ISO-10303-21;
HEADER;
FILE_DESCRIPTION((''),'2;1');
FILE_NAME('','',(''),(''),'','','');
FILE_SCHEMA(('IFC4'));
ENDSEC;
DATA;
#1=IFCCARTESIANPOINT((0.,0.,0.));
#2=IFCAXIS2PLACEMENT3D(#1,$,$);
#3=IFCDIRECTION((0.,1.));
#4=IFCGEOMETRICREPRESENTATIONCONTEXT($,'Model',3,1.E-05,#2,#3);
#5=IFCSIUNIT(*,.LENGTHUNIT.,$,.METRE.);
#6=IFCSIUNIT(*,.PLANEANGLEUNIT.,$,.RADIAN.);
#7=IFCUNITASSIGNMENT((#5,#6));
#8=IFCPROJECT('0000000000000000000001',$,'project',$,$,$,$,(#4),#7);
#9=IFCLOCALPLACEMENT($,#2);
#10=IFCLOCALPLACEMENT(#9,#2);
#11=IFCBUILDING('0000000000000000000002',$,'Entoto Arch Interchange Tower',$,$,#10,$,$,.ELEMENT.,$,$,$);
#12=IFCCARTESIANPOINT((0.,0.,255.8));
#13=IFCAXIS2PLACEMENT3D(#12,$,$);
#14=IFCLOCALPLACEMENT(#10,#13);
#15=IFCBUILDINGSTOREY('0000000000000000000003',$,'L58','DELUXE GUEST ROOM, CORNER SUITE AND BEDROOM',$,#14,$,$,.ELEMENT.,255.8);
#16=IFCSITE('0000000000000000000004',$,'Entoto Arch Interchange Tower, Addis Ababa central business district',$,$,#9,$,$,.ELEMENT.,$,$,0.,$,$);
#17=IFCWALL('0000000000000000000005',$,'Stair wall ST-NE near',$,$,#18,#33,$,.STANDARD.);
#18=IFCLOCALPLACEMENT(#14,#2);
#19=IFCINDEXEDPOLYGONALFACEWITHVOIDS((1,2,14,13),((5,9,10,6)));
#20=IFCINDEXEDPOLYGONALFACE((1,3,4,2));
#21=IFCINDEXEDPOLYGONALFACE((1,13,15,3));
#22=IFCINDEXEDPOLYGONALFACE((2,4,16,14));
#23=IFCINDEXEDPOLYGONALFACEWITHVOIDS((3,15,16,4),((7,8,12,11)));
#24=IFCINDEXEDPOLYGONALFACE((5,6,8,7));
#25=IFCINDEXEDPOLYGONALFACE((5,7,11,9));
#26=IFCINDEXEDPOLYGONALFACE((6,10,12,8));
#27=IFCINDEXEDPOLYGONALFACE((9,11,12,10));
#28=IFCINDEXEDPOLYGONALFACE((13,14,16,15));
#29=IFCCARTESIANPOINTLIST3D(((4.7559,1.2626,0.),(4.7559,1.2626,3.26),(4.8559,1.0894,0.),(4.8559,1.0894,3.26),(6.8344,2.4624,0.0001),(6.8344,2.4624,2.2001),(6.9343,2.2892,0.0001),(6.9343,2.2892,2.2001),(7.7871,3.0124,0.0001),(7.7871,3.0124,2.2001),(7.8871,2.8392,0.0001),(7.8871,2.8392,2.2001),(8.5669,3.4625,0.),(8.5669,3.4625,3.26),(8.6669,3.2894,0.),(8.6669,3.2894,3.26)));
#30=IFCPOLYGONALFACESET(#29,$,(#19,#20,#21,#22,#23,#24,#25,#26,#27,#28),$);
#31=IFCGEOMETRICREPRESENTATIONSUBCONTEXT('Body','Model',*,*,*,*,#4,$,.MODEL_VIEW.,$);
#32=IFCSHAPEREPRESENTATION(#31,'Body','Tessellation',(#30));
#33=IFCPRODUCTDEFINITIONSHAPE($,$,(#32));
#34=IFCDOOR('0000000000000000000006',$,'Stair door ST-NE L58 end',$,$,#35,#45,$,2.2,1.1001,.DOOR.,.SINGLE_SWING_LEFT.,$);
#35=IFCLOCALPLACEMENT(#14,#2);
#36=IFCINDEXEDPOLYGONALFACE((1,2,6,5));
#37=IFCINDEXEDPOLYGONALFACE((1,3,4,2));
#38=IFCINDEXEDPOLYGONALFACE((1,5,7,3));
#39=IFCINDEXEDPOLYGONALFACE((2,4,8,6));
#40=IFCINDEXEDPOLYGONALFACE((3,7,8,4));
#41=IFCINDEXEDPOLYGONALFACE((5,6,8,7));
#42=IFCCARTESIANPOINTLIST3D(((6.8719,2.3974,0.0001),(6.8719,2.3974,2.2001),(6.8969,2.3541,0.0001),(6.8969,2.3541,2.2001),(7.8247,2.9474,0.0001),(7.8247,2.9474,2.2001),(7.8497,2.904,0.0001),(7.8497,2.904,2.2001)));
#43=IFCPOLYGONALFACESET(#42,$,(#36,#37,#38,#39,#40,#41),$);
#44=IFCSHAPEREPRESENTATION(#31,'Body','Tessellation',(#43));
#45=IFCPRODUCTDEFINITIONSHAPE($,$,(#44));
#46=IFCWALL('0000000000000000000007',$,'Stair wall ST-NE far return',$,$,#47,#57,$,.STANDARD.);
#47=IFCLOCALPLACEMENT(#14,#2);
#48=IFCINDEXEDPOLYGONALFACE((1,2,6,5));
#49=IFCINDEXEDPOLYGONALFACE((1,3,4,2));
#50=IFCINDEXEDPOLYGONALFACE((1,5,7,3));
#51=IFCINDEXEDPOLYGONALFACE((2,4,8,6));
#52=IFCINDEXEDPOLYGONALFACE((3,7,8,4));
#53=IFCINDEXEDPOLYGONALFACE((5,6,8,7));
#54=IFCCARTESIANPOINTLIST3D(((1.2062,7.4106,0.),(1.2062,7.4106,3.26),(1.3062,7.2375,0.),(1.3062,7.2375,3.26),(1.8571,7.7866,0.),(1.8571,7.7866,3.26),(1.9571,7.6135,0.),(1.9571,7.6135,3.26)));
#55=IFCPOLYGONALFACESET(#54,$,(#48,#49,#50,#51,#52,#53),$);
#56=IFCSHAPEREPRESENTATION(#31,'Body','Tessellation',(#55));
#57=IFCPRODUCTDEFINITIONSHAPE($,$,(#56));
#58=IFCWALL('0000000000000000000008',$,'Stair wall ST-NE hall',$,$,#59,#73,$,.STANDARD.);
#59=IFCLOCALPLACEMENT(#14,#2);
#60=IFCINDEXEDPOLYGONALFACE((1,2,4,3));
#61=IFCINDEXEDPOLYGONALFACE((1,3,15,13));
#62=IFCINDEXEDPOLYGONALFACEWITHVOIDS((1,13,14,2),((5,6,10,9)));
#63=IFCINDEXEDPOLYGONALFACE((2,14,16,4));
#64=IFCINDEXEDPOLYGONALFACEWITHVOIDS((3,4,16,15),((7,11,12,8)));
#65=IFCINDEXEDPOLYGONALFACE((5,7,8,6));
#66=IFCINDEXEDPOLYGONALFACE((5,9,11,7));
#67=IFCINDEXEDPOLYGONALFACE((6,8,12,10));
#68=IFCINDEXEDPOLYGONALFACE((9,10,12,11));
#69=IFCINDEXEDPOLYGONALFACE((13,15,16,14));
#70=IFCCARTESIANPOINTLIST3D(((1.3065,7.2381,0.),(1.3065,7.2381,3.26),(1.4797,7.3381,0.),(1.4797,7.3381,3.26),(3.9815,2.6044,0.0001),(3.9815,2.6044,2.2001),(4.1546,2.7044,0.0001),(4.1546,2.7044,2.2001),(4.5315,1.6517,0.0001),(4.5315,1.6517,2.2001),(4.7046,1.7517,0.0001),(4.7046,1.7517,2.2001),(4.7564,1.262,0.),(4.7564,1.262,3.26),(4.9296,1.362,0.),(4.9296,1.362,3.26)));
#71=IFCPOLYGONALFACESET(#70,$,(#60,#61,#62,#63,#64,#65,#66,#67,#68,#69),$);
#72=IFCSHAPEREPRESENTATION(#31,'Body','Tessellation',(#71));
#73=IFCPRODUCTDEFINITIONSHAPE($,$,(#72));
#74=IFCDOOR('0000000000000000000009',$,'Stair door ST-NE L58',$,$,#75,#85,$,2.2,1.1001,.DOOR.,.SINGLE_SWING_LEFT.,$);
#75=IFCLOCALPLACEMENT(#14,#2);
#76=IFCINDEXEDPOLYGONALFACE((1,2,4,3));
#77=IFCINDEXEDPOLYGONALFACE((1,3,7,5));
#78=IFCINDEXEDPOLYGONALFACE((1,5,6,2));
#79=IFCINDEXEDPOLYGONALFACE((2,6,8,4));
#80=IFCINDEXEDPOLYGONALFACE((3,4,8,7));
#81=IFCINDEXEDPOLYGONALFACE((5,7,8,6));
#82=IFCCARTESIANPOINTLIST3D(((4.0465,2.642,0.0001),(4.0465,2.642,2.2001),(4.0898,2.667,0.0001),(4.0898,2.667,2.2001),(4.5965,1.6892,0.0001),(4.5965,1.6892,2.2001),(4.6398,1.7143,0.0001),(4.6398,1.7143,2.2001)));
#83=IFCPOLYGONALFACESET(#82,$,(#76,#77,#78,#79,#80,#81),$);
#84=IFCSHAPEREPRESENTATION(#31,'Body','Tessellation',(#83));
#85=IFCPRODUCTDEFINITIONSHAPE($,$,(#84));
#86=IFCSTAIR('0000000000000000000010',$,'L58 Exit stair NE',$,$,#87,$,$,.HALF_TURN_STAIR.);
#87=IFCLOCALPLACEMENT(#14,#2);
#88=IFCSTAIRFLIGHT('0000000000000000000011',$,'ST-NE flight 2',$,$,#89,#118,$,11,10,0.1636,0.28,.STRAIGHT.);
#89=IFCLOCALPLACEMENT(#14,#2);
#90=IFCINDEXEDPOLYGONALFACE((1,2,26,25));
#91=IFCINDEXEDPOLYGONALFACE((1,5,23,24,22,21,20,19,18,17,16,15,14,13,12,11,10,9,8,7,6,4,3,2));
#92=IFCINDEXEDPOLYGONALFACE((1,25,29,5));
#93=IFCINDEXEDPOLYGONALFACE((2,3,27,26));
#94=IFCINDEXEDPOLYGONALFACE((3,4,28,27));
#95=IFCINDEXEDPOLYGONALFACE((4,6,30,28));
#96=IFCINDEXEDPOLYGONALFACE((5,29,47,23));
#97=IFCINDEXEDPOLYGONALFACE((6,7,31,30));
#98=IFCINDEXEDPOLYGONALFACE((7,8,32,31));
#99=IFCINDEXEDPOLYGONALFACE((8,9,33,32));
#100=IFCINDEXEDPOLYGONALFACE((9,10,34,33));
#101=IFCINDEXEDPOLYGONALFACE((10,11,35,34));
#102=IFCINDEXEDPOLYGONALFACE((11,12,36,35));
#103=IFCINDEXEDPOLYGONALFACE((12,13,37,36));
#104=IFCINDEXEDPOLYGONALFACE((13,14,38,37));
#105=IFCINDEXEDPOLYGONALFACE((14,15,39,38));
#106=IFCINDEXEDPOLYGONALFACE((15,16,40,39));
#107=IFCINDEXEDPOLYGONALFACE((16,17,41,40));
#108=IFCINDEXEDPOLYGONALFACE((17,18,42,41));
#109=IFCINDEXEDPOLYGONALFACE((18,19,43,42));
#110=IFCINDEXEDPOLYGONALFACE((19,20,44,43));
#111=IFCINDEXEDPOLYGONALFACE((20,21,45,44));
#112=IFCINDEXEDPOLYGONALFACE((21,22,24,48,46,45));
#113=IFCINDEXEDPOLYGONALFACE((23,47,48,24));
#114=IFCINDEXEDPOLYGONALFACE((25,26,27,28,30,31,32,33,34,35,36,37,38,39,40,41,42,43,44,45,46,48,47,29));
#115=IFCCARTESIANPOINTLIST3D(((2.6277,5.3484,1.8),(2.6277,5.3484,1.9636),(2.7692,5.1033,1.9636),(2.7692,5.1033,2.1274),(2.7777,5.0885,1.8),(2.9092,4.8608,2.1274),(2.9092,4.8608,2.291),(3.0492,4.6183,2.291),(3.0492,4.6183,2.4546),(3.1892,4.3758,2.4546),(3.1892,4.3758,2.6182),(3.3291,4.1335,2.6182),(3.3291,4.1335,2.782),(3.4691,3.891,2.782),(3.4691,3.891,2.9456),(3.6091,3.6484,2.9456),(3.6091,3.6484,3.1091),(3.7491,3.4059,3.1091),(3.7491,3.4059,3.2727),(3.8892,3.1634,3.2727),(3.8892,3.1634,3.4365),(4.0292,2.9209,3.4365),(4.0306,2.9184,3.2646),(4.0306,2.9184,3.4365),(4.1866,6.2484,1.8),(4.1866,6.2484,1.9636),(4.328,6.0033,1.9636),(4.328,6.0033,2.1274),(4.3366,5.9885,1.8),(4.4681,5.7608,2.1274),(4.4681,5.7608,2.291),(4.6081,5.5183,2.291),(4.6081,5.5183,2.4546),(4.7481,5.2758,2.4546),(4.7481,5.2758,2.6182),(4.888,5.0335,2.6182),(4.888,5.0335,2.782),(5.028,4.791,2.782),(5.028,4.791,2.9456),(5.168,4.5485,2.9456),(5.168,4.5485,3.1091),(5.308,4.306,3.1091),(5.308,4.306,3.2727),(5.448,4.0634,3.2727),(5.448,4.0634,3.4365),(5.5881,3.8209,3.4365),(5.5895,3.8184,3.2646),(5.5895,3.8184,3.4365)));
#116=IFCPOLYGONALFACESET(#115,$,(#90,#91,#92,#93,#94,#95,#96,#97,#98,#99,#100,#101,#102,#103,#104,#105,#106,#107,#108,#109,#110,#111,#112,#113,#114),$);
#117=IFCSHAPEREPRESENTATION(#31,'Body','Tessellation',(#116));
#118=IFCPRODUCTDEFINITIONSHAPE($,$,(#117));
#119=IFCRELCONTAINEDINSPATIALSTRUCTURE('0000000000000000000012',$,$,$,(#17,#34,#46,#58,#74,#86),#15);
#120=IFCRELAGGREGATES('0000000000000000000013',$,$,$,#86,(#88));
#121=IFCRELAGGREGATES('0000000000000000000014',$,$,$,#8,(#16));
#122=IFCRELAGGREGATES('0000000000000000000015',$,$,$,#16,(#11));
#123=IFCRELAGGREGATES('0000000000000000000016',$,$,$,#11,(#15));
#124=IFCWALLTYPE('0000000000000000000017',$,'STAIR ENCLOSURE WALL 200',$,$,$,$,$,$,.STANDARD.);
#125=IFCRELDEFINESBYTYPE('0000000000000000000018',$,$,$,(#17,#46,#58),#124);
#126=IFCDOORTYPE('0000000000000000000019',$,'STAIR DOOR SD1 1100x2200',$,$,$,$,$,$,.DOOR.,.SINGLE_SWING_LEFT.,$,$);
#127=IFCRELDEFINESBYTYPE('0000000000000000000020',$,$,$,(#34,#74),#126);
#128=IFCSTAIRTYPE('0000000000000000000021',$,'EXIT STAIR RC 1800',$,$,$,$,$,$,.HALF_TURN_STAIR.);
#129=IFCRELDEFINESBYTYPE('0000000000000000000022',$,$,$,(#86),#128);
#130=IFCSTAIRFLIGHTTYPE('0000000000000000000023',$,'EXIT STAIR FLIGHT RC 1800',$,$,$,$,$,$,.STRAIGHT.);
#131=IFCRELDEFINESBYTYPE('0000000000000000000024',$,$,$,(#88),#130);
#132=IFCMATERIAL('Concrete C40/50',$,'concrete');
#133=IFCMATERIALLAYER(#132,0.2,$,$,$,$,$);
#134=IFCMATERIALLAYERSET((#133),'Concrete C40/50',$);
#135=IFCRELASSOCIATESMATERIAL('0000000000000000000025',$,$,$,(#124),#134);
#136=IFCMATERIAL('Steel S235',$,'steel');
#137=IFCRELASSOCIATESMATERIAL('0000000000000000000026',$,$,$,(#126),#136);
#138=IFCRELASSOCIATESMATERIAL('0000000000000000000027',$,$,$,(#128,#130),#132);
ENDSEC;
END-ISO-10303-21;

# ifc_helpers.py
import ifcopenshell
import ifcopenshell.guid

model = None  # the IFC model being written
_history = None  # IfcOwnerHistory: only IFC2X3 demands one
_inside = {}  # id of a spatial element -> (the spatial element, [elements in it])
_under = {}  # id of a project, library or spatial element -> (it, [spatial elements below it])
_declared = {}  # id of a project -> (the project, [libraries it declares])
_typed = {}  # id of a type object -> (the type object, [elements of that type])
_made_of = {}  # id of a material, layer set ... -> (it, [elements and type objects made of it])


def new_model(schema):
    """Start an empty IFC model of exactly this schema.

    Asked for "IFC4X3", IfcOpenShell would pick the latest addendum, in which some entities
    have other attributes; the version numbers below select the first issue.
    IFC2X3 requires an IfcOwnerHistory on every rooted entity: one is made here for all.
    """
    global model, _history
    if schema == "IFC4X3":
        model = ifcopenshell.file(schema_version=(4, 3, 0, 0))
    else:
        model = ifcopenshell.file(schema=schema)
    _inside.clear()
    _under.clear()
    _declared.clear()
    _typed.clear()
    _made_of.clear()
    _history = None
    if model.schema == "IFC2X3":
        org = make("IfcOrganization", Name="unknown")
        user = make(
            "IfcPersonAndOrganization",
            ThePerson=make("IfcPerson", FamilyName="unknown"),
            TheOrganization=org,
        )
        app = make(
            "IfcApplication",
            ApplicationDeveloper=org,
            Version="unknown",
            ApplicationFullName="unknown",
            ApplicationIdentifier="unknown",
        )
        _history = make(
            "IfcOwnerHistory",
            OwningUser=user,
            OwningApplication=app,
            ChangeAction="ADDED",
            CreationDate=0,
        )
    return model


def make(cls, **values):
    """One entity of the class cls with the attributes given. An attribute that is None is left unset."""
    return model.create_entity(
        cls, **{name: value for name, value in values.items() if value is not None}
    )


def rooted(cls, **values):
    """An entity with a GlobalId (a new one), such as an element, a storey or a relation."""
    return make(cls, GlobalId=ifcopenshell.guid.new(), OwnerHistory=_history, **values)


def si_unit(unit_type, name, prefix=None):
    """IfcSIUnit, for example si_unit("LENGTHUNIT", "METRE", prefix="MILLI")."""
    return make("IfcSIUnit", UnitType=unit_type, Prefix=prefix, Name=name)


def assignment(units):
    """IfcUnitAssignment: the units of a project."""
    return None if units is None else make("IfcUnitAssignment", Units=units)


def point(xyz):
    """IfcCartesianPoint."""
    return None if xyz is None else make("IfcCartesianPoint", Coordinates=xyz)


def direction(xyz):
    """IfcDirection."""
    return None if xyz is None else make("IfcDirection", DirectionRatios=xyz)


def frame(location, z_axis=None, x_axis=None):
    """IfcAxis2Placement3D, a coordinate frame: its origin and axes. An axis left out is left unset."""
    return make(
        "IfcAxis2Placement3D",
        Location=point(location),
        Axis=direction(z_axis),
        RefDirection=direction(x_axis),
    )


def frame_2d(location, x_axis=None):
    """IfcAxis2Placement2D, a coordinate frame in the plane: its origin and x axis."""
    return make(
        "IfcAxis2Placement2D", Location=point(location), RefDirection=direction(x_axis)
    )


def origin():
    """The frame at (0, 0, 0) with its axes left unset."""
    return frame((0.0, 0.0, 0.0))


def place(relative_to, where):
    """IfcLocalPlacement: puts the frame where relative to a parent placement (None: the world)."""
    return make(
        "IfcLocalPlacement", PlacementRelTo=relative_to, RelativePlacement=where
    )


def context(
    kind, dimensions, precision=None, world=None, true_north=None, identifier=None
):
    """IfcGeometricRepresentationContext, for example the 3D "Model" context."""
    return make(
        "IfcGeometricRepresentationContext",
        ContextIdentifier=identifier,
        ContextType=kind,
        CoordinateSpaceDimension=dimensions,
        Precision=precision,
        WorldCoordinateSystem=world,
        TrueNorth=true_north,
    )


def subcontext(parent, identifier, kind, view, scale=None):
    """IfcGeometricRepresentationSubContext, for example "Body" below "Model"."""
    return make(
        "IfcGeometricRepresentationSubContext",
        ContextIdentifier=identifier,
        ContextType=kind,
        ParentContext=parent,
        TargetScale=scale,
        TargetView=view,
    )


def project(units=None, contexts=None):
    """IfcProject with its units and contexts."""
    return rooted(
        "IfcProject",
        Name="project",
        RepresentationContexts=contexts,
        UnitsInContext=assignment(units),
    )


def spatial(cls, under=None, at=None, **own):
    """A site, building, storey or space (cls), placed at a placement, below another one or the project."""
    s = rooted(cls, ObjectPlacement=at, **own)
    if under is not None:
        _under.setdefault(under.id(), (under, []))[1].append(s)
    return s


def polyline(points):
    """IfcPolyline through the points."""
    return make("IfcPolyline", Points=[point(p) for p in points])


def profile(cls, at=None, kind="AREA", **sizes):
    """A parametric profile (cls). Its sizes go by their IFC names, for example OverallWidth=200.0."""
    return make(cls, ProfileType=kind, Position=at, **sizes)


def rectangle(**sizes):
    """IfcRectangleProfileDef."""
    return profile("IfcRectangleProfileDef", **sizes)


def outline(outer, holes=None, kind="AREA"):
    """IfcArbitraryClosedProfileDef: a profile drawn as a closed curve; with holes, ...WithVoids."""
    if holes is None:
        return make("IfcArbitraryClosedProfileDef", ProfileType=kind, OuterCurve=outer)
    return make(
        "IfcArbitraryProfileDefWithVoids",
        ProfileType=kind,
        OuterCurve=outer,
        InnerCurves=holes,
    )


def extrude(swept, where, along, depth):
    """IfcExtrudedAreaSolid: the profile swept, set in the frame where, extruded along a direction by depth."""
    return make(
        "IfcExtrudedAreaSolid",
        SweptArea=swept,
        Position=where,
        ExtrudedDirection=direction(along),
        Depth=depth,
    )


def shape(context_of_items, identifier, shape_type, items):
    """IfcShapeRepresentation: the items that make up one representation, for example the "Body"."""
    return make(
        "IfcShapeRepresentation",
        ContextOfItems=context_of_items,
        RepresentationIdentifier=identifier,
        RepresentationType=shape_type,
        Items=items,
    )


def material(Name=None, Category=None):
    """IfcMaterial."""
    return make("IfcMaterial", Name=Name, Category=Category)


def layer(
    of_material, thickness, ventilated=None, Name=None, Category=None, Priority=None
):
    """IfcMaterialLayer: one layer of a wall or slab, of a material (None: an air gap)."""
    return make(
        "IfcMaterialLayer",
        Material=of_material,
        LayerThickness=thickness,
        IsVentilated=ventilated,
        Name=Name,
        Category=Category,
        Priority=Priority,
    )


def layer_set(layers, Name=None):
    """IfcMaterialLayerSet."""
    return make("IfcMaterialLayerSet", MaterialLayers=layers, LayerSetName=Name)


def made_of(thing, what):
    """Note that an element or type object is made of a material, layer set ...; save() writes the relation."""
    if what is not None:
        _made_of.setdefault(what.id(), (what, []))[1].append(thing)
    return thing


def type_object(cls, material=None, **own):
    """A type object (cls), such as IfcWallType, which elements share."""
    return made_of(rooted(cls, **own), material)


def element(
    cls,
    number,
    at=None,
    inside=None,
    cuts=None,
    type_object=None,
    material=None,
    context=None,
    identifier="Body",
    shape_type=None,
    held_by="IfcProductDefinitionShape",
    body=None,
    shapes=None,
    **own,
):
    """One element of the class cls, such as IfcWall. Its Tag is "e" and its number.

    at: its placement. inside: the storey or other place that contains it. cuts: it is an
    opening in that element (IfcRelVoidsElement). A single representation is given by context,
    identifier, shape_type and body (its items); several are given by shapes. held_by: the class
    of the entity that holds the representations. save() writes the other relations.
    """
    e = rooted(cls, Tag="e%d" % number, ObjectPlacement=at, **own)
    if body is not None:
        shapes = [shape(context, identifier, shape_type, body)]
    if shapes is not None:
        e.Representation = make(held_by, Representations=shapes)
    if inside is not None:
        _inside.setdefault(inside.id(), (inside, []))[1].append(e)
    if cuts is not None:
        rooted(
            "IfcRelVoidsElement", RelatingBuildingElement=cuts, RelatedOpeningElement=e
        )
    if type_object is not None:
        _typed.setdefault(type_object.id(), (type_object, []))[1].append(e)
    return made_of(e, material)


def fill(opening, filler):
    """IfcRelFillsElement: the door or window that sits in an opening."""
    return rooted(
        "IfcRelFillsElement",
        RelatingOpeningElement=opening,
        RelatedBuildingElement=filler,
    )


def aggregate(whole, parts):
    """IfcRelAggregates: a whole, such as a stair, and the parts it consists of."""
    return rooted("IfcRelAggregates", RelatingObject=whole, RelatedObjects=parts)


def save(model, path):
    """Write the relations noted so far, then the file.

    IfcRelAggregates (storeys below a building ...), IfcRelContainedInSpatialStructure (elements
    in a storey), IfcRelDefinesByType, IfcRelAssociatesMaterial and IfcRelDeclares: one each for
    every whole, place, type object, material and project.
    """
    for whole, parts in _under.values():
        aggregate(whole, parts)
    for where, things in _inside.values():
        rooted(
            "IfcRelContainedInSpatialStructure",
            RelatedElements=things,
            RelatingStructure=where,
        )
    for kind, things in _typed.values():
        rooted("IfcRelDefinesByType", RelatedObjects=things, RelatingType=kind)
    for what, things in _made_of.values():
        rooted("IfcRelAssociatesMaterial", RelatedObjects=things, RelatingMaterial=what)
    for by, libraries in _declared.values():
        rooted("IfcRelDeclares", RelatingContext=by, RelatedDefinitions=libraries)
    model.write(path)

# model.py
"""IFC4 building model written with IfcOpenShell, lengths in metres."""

from ifc_helpers import new_model, si_unit, direction, frame, frame_2d, origin, place, context, subcontext, project, spatial, polyline, rectangle, outline, extrude, material, layer, layer_set, type_object, element, fill, aggregate, save


model = new_model("IFC4")

# Units and contexts
model_context = context("Model", 3, precision=1e-05, world=origin(), true_north=direction((0.0, 1.0)))
body_context = subcontext(model_context, "Body", "Model", "MODEL_VIEW")
ifc_project = project(units=[si_unit("LENGTHUNIT", "METRE"), si_unit("PLANEANGLEUNIT", "RADIAN")], contexts=[model_context])

# Site, building, storey
site_placement = place(None, origin())
site = spatial("IfcSite", under=ifc_project, at=site_placement, Name="Entoto Arch Interchange Tower, Addis Ababa central business district", CompositionType="ELEMENT", RefElevation=0.0)
building_placement = place(site_placement, origin())
building = spatial("IfcBuilding", under=site, at=building_placement, Name="Entoto Arch Interchange Tower", CompositionType="ELEMENT")
storey_placement = place(building_placement, frame((0.0, 0.0, 255.8)))
storey = spatial("IfcBuildingStorey", under=building, at=storey_placement, Name="L58", Description="DELUXE GUEST ROOM, CORNER SUITE AND BEDROOM", CompositionType="ELEMENT", Elevation=255.8)

# Shared definitions
ifc_material_1 = material(Name="Concrete C40/50", Category="concrete")

# Shared definitions
ifc_layer_1 = layer(ifc_material_1, 0.2)
ifc_layer_set_1 = layer_set([ifc_layer_1], Name="Concrete C40/50")
wall_type_1 = type_object("IfcWallType", Name="STAIR ENCLOSURE WALL 200", PredefinedType="STANDARD", material=ifc_layer_set_1)

# Wall, opening, door
wall_1_placement = place(storey_placement, frame((4.8059, 1.176, 0.0), z_axis=(0.0, 0.0, 1.0), x_axis=(0.86606, 0.49994, 0.0)))
wall_1 = element("IfcWall", 1, at=wall_1_placement, inside=storey, type_object=wall_type_1, Name="Stair wall ST-NE near", PredefinedType="STANDARD", context=body_context, shape_type="SweptSolid", body=[
    extrude(rectangle(XDim=4.4004, YDim=0.2, at=frame_2d((2.2002, 0.0))), origin(), (0.0, 0.0, 1.0), 3.26),
])
opening_1_placement = place(wall_1_placement, frame((2.3999, 0.0, 0.0)))
opening_1 = element("IfcOpeningElement", 2, at=opening_1_placement, cuts=wall_1, PredefinedType="OPENING", context=body_context, shape_type="SweptSolid", body=[
    extrude(rectangle(XDim=1.1001, YDim=2.2, at=frame_2d((0.55, 1.1001))), frame((0.0, 0.1099, 0.0), z_axis=(0.0, -1.0, 0.0), x_axis=(1.0, 0.0, 0.0)), (0.0, 0.0, 1.0), 0.22),
])
ifc_material_2 = material(Name="Steel S235", Category="steel")
door_type_1 = type_object("IfcDoorType", Name="STAIR DOOR SD1 1100x2200", OperationType="SINGLE_SWING_LEFT", PredefinedType="DOOR", material=ifc_material_2)
door_1_placement = place(opening_1_placement, origin())
door_1 = element("IfcDoor", 3, at=door_1_placement, inside=storey, type_object=door_type_1, Name="Stair door ST-NE L58 end", OperationType="SINGLE_SWING_LEFT", OverallHeight=2.2, OverallWidth=1.1001, PredefinedType="DOOR", context=body_context, shape_type="SweptSolid", body=[
    extrude(rectangle(XDim=1.1001, YDim=2.2, at=frame_2d((0.55, 1.1001))), frame((0.0, 0.0249, 0.0), z_axis=(0.0, -1.0, 0.0), x_axis=(1.0, 0.0, 0.0)), (0.0, 0.0, 1.0), 0.05),
])
fill(opening_1, door_1)

# Wall
wall_2_placement = place(storey_placement, frame((1.2561, 7.324, 0.0), z_axis=(0.0, 0.0, 1.0), x_axis=(0.865915, 0.500191, 0.0)))
element("IfcWall", 4, at=wall_2_placement, inside=storey, type_object=wall_type_1, Name="Stair wall ST-NE far return", PredefinedType="STANDARD", context=body_context, shape_type="SweptSolid", body=[
    extrude(rectangle(XDim=0.7517, YDim=0.2, at=frame_2d((0.376, 0.0))), origin(), (0.0, 0.0, 1.0), 3.26),
])

# Wall, opening, door
wall_3_placement = place(storey_placement, frame((4.843, 1.312, 0.0), z_axis=(0.0, 0.0, 1.0), x_axis=(-0.499963, 0.866047, 0.0)))
wall_3 = element("IfcWall", 5, at=wall_3_placement, inside=storey, type_object=wall_type_1, Name="Stair wall ST-NE hall", PredefinedType="STANDARD", context=body_context, shape_type="SweptSolid", body=[
    extrude(rectangle(XDim=6.9004, YDim=0.2, at=frame_2d((3.4502, 0.0))), origin(), (0.0, 0.0, 1.0), 3.26),
])
opening_2_placement = place(wall_3_placement, frame((0.45, 0.0, 0.0)))
opening_2 = element("IfcOpeningElement", 6, at=opening_2_placement, cuts=wall_3, PredefinedType="OPENING", context=body_context, shape_type="SweptSolid", body=[
    extrude(rectangle(XDim=1.1001, YDim=2.2, at=frame_2d((0.55, 1.1001))), frame((0.0, 0.1099, 0.0), z_axis=(0.0, -1.0, 0.0), x_axis=(1.0, 0.0, 0.0)), (0.0, 0.0, 1.0), 0.22),
])
door_2_placement = place(opening_2_placement, origin())
door_2 = element("IfcDoor", 7, at=door_2_placement, inside=storey, type_object=door_type_1, Name="Stair door ST-NE L58", OperationType="SINGLE_SWING_LEFT", OverallHeight=2.2, OverallWidth=1.1001, PredefinedType="DOOR", context=body_context, shape_type="SweptSolid", body=[
    extrude(rectangle(XDim=1.1001, YDim=2.2, at=frame_2d((0.55, 1.1001))), frame((0.0, 0.0249, 0.0), z_axis=(0.0, -1.0, 0.0), x_axis=(1.0, 0.0, 0.0)), (0.0, 0.0, 1.0), 0.05),
])
fill(opening_2, door_2)

# Stair, stair flight
stair_type = type_object("IfcStairType", Name="EXIT STAIR RC 1800", PredefinedType="HALF_TURN_STAIR", material=ifc_material_1)
stair_placement = place(storey_placement, origin())
stair = element("IfcStair", 8, at=stair_placement, inside=storey, type_object=stair_type, Name="L58 Exit stair NE", PredefinedType="HALF_TURN_STAIR")
stair_flight_type = type_object("IfcStairFlightType", Name="EXIT STAIR FLIGHT RC 1800", PredefinedType="STRAIGHT", material=ifc_material_1)
stair_flight_placement = place(storey_placement, frame((3.4087, 5.7959, 1.8), z_axis=(0.0, 0.0, 1.0), x_axis=(0.5, -0.866025, 0.0)))
stair_flight = element("IfcStairFlight", 9, at=stair_flight_placement, type_object=stair_flight_type, Name="ST-NE flight 2", NumberOfRisers=11, NumberOfTreads=10, PredefinedType="STRAIGHT", RiserHeight=0.1636, TreadLength=0.28, context=body_context, shape_type="SweptSolid", body=[
    extrude(outline(polyline([(-0.0029, 0.0), (-0.0029, 0.1636), (0.28, 0.1636), (0.28, 0.3274), (0.5601, 0.3274), (0.5601, 0.491), (0.8401, 0.491), (0.8401, 0.6545), (1.1201, 0.6545), (1.1201, 0.8181), (1.3999, 0.8181), (1.3999, 0.9819), (1.6799, 0.9819), (1.6799, 1.1455), (1.96, 1.1455), (1.96, 1.3091), (2.24, 1.3091), (2.24, 1.4727), (2.52, 1.4727), (2.52, 1.6365), (2.8, 1.6365), (2.803, 1.6365), (2.803, 1.4646), (0.2971, 0.0), (-0.0029, 0.0)])), frame((0.0, 0.8999, 0.0), z_axis=(0.0, -1.0, 0.0), x_axis=(1.0, 0.0, 0.0)), (0.0, 0.0, 1.0), 1.8),
])
aggregate(stair, [stair_flight])

save(model, "model.ifc")
